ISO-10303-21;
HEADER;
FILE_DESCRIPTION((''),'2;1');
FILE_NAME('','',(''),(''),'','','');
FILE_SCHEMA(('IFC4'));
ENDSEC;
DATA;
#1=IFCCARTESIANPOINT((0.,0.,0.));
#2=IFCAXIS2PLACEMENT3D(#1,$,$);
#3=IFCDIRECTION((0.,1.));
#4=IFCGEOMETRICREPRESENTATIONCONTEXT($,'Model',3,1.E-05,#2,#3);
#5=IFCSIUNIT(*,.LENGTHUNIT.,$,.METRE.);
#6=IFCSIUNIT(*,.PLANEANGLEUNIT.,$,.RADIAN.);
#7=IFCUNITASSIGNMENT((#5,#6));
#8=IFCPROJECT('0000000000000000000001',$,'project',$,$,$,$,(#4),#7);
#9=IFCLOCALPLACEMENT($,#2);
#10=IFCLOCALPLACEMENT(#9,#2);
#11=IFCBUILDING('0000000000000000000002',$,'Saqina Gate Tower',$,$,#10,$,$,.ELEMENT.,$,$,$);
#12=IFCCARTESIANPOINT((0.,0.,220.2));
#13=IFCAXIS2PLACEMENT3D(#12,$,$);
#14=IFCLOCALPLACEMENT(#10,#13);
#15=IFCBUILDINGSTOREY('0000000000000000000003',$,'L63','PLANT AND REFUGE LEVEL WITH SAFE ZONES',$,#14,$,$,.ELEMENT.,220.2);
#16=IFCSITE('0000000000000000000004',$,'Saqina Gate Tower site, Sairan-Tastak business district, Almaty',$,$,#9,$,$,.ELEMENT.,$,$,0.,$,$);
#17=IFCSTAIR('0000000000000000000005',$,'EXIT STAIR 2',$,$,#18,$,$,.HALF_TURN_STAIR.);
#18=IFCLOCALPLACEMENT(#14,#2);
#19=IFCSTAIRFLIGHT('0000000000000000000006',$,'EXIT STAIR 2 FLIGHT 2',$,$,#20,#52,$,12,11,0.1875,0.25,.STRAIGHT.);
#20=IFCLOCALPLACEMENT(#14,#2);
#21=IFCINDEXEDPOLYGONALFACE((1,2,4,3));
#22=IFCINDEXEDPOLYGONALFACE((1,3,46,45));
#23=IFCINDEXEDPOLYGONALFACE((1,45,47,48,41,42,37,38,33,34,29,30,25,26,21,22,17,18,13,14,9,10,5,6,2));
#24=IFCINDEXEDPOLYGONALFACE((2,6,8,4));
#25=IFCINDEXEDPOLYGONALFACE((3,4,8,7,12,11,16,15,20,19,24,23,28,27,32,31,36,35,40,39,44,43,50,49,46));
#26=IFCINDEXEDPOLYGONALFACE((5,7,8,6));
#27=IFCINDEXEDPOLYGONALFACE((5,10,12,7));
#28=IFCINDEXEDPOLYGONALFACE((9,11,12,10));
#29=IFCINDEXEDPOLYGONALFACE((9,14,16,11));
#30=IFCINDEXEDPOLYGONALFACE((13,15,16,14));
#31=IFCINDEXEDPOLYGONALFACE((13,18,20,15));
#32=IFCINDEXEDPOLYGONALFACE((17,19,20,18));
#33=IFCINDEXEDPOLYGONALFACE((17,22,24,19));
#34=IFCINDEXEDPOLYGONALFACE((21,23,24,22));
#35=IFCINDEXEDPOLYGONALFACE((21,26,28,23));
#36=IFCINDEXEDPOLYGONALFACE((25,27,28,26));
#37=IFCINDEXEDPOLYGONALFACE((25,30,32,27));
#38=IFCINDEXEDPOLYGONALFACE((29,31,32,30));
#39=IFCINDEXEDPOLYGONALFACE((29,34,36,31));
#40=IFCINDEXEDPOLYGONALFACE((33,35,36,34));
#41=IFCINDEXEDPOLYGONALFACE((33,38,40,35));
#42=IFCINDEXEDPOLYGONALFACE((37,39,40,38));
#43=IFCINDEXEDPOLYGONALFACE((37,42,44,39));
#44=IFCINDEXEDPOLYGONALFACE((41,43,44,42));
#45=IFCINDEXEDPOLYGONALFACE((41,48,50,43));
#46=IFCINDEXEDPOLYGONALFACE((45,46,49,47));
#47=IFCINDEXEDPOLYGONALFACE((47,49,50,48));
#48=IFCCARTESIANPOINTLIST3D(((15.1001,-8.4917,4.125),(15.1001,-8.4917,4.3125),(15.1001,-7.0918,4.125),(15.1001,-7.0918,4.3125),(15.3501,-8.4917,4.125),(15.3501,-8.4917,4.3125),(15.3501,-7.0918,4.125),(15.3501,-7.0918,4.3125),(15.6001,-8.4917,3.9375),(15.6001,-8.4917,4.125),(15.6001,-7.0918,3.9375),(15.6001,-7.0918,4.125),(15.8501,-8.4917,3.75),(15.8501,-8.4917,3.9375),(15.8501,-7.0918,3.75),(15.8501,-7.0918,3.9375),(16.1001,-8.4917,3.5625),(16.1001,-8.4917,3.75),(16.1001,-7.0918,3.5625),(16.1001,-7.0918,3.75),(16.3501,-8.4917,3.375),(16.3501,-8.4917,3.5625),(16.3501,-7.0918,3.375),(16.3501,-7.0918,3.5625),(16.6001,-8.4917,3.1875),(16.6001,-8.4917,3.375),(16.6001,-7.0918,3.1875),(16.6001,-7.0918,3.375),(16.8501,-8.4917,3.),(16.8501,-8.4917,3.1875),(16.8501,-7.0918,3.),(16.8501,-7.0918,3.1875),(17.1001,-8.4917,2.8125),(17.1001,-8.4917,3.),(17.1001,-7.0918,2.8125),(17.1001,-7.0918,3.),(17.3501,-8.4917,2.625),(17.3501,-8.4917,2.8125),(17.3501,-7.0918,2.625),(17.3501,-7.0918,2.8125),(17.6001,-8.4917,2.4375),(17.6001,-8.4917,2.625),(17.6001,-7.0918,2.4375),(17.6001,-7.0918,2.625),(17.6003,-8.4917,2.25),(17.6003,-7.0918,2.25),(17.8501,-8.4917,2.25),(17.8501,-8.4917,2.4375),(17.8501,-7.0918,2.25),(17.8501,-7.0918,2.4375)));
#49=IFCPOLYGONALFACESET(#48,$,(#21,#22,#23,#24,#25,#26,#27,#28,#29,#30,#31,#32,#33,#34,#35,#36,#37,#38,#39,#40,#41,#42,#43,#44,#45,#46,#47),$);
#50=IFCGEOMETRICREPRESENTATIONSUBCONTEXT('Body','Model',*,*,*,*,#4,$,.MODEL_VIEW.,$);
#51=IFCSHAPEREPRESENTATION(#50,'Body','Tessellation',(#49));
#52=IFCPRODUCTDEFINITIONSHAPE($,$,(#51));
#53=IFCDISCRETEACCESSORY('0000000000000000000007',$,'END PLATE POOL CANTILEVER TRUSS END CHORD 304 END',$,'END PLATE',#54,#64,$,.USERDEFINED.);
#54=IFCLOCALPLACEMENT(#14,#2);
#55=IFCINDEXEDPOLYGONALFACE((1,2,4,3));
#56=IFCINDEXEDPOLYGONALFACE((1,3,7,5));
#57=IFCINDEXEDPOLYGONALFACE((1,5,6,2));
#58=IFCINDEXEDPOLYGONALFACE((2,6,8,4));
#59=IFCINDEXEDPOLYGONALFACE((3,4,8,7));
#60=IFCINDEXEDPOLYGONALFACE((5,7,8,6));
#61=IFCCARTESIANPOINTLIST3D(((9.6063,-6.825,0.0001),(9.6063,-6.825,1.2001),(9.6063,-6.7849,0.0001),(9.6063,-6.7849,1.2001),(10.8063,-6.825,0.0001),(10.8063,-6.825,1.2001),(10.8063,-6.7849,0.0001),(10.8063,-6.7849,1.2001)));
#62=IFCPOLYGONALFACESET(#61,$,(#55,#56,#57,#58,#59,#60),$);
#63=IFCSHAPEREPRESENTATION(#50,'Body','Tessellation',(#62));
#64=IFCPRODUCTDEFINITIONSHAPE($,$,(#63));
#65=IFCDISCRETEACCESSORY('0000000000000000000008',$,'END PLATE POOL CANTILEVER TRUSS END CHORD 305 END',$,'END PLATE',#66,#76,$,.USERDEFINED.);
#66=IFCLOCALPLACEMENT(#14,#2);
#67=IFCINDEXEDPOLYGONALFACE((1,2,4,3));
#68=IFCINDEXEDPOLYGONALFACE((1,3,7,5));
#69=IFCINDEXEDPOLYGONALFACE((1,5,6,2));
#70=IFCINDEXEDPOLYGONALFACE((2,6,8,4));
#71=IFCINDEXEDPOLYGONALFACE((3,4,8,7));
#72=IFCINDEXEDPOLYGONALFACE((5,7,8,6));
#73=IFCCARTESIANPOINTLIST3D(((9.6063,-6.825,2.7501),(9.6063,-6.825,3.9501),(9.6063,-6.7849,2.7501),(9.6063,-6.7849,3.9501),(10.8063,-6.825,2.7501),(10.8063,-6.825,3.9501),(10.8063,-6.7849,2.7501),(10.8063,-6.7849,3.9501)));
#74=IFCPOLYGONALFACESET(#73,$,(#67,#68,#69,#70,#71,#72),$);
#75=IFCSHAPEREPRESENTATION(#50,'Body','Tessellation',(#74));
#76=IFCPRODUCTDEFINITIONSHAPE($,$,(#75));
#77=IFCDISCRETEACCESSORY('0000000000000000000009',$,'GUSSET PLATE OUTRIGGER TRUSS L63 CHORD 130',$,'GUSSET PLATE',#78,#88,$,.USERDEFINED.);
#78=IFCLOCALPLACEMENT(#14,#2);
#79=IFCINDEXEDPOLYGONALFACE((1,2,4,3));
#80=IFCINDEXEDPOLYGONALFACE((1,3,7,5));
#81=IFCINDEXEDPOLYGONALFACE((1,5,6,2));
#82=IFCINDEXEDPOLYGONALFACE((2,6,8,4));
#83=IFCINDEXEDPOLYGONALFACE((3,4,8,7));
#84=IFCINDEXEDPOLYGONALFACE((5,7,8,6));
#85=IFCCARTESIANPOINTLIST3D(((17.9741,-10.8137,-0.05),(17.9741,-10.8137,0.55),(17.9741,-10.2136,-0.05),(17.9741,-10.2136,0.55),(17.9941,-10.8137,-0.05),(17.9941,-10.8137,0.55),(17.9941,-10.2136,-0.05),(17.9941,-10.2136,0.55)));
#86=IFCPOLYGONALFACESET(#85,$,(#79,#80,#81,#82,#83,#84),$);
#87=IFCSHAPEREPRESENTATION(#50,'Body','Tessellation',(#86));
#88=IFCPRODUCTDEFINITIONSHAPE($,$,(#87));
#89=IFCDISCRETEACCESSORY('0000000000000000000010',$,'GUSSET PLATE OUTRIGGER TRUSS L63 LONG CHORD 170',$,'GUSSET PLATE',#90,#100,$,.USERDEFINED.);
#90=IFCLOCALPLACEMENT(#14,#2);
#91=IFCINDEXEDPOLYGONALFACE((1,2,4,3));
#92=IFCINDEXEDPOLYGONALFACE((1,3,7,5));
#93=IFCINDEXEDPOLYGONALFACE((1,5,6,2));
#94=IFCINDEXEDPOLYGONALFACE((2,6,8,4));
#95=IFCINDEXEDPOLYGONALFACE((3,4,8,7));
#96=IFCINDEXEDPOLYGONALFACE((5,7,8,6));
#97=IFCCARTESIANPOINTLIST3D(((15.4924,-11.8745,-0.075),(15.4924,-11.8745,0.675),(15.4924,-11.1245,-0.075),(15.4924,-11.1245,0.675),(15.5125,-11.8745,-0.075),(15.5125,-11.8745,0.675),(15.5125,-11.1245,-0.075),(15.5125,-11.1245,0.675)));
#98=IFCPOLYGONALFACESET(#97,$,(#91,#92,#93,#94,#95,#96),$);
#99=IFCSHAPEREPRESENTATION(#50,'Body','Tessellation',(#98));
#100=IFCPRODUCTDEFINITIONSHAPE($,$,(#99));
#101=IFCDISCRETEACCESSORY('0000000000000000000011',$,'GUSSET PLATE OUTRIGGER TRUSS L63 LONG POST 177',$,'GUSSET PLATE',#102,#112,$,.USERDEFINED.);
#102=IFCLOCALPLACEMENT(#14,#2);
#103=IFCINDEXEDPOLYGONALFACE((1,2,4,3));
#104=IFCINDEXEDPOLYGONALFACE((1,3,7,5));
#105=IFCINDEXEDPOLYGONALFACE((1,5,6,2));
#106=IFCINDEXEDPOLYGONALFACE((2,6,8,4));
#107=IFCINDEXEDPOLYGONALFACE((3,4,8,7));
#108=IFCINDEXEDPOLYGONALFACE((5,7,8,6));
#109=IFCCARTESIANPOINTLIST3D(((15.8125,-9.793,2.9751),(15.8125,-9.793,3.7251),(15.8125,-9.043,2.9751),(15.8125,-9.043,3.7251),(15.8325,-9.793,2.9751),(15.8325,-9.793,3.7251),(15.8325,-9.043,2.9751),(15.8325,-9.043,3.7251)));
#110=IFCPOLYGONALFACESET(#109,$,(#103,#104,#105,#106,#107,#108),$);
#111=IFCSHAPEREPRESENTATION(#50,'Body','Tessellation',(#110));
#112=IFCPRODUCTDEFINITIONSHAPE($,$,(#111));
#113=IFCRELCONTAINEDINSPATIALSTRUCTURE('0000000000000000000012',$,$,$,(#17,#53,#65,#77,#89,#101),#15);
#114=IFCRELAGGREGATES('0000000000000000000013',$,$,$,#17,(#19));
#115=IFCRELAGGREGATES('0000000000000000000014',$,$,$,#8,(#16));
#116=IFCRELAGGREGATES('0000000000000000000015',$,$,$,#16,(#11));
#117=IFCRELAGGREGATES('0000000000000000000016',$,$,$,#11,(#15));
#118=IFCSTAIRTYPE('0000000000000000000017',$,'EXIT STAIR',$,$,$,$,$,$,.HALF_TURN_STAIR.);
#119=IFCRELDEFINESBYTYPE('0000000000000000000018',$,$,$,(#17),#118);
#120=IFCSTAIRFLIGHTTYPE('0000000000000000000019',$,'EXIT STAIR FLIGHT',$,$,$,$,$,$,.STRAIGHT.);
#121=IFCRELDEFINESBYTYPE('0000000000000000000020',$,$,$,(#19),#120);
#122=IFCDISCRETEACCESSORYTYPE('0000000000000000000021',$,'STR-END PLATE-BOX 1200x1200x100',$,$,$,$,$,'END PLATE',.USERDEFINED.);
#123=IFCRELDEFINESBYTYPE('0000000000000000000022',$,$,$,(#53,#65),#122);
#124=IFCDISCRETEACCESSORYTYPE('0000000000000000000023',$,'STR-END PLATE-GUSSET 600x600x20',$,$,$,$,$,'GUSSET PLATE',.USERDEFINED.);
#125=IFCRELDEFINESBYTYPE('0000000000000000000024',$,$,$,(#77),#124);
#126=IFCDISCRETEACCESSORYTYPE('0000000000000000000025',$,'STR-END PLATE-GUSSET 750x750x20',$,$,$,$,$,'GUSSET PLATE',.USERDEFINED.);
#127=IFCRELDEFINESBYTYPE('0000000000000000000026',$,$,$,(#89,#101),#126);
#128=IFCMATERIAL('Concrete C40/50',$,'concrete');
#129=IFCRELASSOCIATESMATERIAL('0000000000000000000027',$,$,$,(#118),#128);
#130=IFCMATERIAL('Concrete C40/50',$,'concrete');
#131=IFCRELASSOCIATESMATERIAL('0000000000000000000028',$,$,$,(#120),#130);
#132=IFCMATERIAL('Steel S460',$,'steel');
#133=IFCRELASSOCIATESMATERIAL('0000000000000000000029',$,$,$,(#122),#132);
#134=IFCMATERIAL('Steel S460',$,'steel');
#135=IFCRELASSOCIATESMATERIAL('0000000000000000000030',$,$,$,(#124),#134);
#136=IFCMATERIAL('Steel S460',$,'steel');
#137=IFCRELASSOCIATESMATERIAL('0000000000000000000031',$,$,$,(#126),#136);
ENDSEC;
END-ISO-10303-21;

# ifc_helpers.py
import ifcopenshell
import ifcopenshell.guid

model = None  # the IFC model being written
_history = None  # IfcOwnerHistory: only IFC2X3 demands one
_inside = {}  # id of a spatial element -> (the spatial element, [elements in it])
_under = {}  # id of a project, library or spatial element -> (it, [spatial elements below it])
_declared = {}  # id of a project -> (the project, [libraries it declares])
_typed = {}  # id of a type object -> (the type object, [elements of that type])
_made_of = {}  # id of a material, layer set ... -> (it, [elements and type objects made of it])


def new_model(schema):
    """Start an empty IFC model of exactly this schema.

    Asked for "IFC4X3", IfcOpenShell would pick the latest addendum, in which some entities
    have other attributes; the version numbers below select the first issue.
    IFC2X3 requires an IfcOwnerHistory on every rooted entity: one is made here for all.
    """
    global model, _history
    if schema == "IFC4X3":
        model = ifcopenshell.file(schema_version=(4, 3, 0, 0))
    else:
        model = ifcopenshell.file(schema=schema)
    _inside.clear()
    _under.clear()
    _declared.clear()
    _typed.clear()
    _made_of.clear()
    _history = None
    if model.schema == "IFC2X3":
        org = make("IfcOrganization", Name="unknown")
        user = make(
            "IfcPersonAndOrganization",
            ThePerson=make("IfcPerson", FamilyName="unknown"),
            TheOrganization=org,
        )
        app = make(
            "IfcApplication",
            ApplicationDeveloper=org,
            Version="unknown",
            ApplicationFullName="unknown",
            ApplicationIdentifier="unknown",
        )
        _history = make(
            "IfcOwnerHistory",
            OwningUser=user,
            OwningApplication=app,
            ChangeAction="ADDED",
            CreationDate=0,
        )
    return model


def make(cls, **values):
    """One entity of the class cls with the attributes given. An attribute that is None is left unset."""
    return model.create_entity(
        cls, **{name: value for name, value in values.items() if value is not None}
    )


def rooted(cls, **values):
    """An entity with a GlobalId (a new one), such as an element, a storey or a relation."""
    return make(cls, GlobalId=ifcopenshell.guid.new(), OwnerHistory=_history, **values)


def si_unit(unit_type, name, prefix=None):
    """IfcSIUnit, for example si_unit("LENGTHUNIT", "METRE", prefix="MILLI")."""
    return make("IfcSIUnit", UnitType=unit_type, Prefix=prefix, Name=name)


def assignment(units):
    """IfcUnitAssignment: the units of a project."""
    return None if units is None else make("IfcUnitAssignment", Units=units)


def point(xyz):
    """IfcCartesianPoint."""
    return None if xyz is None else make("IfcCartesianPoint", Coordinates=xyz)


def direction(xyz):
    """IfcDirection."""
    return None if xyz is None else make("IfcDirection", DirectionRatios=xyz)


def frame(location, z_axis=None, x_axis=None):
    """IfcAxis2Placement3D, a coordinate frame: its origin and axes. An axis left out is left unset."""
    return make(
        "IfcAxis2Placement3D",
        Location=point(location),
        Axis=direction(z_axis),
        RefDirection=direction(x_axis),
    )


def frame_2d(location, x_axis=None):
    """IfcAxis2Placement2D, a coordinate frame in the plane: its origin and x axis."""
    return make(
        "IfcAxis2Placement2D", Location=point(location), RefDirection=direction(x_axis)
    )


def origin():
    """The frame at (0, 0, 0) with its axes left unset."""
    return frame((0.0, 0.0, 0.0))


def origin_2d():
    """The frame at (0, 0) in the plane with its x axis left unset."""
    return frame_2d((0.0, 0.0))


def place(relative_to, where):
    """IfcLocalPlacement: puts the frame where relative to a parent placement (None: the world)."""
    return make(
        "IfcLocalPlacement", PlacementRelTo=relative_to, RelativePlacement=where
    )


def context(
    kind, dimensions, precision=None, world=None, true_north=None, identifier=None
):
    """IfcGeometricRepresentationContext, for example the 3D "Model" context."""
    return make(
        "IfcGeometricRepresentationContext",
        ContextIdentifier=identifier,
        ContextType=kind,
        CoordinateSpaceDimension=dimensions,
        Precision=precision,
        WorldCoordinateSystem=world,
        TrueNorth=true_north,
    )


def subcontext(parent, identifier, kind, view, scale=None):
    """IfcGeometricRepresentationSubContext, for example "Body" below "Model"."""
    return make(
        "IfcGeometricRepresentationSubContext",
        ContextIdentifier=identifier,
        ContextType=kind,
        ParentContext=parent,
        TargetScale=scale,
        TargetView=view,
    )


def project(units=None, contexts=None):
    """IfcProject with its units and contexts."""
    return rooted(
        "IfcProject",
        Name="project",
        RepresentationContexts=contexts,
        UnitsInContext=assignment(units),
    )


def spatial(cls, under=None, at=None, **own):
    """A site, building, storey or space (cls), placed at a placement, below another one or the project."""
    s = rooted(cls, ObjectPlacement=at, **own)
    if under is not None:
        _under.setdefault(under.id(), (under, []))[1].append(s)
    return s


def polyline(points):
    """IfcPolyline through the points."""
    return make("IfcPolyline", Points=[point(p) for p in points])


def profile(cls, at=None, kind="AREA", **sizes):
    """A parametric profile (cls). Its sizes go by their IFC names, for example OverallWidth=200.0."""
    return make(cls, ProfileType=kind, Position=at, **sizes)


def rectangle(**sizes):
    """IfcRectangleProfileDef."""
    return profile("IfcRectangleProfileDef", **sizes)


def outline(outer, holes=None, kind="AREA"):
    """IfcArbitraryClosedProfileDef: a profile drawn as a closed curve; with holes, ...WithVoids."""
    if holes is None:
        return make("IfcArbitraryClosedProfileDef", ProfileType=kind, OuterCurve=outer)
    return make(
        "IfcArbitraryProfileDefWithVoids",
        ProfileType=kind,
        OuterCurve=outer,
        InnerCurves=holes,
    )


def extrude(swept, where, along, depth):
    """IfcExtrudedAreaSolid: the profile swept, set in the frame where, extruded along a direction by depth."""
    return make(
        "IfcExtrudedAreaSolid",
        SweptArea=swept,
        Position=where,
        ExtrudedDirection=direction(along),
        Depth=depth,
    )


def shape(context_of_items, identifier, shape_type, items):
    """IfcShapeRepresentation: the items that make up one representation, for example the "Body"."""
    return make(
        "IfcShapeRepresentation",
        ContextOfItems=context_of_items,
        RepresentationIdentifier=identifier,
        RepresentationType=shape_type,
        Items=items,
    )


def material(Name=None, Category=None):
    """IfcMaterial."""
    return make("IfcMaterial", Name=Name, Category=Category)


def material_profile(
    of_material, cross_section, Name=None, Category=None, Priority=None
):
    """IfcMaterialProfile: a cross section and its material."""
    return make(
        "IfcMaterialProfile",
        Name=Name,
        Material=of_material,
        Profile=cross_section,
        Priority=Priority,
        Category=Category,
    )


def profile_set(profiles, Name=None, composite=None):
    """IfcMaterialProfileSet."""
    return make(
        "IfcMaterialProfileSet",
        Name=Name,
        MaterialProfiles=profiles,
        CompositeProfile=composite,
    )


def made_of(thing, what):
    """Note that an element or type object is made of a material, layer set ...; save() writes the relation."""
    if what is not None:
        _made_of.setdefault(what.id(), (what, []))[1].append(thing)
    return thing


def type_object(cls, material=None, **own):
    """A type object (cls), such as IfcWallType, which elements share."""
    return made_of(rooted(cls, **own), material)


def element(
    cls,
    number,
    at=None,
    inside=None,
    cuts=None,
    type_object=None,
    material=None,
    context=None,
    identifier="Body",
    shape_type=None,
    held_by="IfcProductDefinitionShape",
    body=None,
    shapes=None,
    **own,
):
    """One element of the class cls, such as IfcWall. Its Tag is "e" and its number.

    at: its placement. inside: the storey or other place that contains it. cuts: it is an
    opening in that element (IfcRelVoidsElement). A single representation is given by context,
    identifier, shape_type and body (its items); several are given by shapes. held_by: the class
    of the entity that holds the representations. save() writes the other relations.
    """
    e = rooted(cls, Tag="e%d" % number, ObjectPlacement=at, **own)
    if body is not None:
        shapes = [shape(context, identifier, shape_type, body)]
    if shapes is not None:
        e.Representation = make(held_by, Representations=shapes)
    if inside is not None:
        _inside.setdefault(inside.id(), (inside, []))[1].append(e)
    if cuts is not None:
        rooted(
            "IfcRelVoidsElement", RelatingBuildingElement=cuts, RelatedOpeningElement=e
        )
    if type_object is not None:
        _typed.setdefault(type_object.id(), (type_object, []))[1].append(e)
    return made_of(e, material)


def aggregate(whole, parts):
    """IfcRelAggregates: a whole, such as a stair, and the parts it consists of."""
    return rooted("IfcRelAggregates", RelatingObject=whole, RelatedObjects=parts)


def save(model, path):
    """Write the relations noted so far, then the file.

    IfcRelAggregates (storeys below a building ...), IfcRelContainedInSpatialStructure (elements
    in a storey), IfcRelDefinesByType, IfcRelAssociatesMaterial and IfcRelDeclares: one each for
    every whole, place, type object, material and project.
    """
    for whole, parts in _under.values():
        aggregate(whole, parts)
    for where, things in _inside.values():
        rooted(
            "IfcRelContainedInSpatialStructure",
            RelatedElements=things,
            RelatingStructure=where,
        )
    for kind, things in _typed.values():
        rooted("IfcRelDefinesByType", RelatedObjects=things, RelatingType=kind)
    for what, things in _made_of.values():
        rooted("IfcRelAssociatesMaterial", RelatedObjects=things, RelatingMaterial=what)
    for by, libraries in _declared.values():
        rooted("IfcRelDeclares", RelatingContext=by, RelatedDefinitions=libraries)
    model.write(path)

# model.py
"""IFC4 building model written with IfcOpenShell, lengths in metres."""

from ifc_helpers import new_model, si_unit, direction, frame, origin, origin_2d, place, context, subcontext, project, spatial, polyline, rectangle, outline, extrude, material, material_profile, profile_set, type_object, element, aggregate, save


model = new_model("IFC4")

# Units and contexts
model_context = context("Model", 3, precision=1e-05, world=origin(), true_north=direction((0.0, 1.0)))
body_context = subcontext(model_context, "Body", "Model", "MODEL_VIEW")
ifc_project = project(units=[si_unit("LENGTHUNIT", "METRE"), si_unit("PLANEANGLEUNIT", "RADIAN")], contexts=[model_context])

# Site, building, storey
site_placement = place(None, origin())
site = spatial("IfcSite", under=ifc_project, at=site_placement, Name="Saqina Gate Tower site, Sairan-Tastak business district, Almaty", CompositionType="ELEMENT", RefElevation=0.0)
building_placement = place(site_placement, origin())
building = spatial("IfcBuilding", under=site, at=building_placement, Name="Saqina Gate Tower", CompositionType="ELEMENT")
storey_placement = place(building_placement, frame((0.0, 0.0, 220.2)))
storey = spatial("IfcBuildingStorey", under=building, at=storey_placement, Name="L63", Description="PLANT AND REFUGE LEVEL WITH SAFE ZONES", CompositionType="ELEMENT", Elevation=220.2)

# Stair, stair flight
ifc_material_1 = material(Name="Concrete C40/50", Category="concrete")
stair_type = type_object("IfcStairType", Name="EXIT STAIR", PredefinedType="HALF_TURN_STAIR", material=ifc_material_1)
stair_placement = place(storey_placement, origin())
stair = element("IfcStair", 1, at=stair_placement, inside=storey, type_object=stair_type, Name="EXIT STAIR 2", PredefinedType="HALF_TURN_STAIR")
ifc_material_2 = material(Name="Concrete C40/50", Category="concrete")
stair_flight_type = type_object("IfcStairFlightType", Name="EXIT STAIR FLIGHT", PredefinedType="STRAIGHT", material=ifc_material_2)
stair_flight_placement = place(storey_placement, frame((17.8501, -7.7917, 2.25), z_axis=(0.0, 0.0, 1.0), x_axis=(-1.0, 0.0, 0.0)))
stair_flight = element("IfcStairFlight", 2, at=stair_flight_placement, type_object=stair_flight_type, Name="EXIT STAIR 2 FLIGHT 2", NumberOfRisers=12, NumberOfTreads=11, PredefinedType="STRAIGHT", RiserHeight=0.1875, TreadLength=0.25, context=body_context, shape_type="SweptSolid", body=[
    extrude(outline(polyline([(0.0, 0.0), (0.0, 0.1875), (0.25, 0.1875), (0.25, 0.375), (0.5, 0.375), (0.5, 0.5625), (0.75, 0.5625), (0.75, 0.75), (1.0, 0.75), (1.0, 0.9375), (1.25, 0.9375), (1.25, 1.125), (1.5, 1.125), (1.5, 1.3125), (1.75, 1.3125), (1.75, 1.5), (2.0, 1.5), (2.0, 1.6875), (2.25, 1.6875), (2.25, 1.875), (2.5, 1.875), (2.5, 2.0625), (2.75, 2.0625), (2.75, 2.25), (2.75, 1.875), (0.2498, 0.0), (0.0, 0.0)])), frame((0.0, 0.7, 0.0), z_axis=(0.0, -1.0, 0.0), x_axis=(1.0, 0.0, 0.0)), (0.0, 0.0, 1.0), 1.3999),
])
aggregate(stair, [stair_flight])

# Discrete accessories
ifc_material_3 = material(Name="Steel S460", Category="steel")
ifc_material_profile_1 = material_profile(ifc_material_3, rectangle(XDim=1.2, YDim=1.2, at=origin_2d()), Name="STR-END PLATE-BOX 1200x1200x100")
ifc_profile_set_1 = profile_set([ifc_material_profile_1], Name="Steel S460")
discrete_accessory_type_1 = type_object("IfcDiscreteAccessoryType", Name="STR-END PLATE-BOX 1200x1200x100", ElementType="END PLATE", PredefinedType="USERDEFINED", material=ifc_profile_set_1)
for number, where, z_axis, x_axis, name in (
    (3, (10.2063, -6.825, 0.6001), (0.0, 1.0, 0.0), (-1.0, 0.0, 0.0), "END PLATE POOL CANTILEVER TRUSS END CHORD 304 END"),
    (4, (10.2063, -6.825, 3.3501), (0.0, 1.0, 0.0), (-1.0, 0.0, 0.0), "END PLATE POOL CANTILEVER TRUSS END CHORD 305 END"),
):
    element("IfcDiscreteAccessory", number, at=place(storey_placement, frame(where, z_axis=z_axis, x_axis=x_axis)), inside=storey, type_object=discrete_accessory_type_1, Name=name, ObjectType="END PLATE", PredefinedType="USERDEFINED", context=body_context, shape_type="SweptSolid", body=[
        extrude(rectangle(XDim=1.2, YDim=1.2, at=origin_2d()), origin(), (0.0, 0.0, 1.0), 0.04),
    ])
ifc_material_4 = material(Name="Steel S460", Category="steel")
ifc_material_profile_2 = material_profile(ifc_material_4, rectangle(XDim=0.6001, YDim=0.6001, at=origin_2d()), Name="STR-END PLATE-GUSSET 600x600x20")
ifc_profile_set_2 = profile_set([ifc_material_profile_2], Name="Steel S460")
discrete_accessory_type_2 = type_object("IfcDiscreteAccessoryType", Name="STR-END PLATE-GUSSET 600x600x20", ElementType="GUSSET PLATE", PredefinedType="USERDEFINED", material=ifc_profile_set_2)
discrete_accessory_placement = place(storey_placement, frame((17.9941, -10.5137, 0.25), z_axis=(-1.0, 0.0, 0.0), x_axis=(0.0, -1.0, 0.0)))
element("IfcDiscreteAccessory", 5, at=discrete_accessory_placement, inside=storey, type_object=discrete_accessory_type_2, Name="GUSSET PLATE OUTRIGGER TRUSS L63 CHORD 130", ObjectType="GUSSET PLATE", PredefinedType="USERDEFINED", context=body_context, shape_type="SweptSolid", body=[
    extrude(rectangle(XDim=0.6001, YDim=0.6001, at=origin_2d()), origin(), (0.0, 0.0, 1.0), 0.02),
])
ifc_material_5 = material(Name="Steel S460", Category="steel")
ifc_material_profile_3 = material_profile(ifc_material_5, rectangle(XDim=0.75, YDim=0.75, at=origin_2d()), Name="STR-END PLATE-GUSSET 750x750x20")
ifc_profile_set_3 = profile_set([ifc_material_profile_3], Name="Steel S460")
discrete_accessory_type_3 = type_object("IfcDiscreteAccessoryType", Name="STR-END PLATE-GUSSET 750x750x20", ElementType="GUSSET PLATE", PredefinedType="USERDEFINED", material=ifc_profile_set_3)
for number, where, z_axis, x_axis, name in (
    (6, (15.5125, -11.4995, 0.3), (-1.0, 0.0, 0.0), (0.0, -1.0, 0.0), "GUSSET PLATE OUTRIGGER TRUSS L63 LONG CHORD 170"),
    (7, (15.8125, -9.418, 3.3501), (1.0, 0.0, 0.0), (0.0, 1.0, 0.0), "GUSSET PLATE OUTRIGGER TRUSS L63 LONG POST 177"),
):
    element("IfcDiscreteAccessory", number, at=place(storey_placement, frame(where, z_axis=z_axis, x_axis=x_axis)), inside=storey, type_object=discrete_accessory_type_3, Name=name, ObjectType="GUSSET PLATE", PredefinedType="USERDEFINED", context=body_context, shape_type="SweptSolid", body=[
        extrude(rectangle(XDim=0.75, YDim=0.75, at=origin_2d()), origin(), (0.0, 0.0, 1.0), 0.02),
    ])

save(model, "model.ifc")
